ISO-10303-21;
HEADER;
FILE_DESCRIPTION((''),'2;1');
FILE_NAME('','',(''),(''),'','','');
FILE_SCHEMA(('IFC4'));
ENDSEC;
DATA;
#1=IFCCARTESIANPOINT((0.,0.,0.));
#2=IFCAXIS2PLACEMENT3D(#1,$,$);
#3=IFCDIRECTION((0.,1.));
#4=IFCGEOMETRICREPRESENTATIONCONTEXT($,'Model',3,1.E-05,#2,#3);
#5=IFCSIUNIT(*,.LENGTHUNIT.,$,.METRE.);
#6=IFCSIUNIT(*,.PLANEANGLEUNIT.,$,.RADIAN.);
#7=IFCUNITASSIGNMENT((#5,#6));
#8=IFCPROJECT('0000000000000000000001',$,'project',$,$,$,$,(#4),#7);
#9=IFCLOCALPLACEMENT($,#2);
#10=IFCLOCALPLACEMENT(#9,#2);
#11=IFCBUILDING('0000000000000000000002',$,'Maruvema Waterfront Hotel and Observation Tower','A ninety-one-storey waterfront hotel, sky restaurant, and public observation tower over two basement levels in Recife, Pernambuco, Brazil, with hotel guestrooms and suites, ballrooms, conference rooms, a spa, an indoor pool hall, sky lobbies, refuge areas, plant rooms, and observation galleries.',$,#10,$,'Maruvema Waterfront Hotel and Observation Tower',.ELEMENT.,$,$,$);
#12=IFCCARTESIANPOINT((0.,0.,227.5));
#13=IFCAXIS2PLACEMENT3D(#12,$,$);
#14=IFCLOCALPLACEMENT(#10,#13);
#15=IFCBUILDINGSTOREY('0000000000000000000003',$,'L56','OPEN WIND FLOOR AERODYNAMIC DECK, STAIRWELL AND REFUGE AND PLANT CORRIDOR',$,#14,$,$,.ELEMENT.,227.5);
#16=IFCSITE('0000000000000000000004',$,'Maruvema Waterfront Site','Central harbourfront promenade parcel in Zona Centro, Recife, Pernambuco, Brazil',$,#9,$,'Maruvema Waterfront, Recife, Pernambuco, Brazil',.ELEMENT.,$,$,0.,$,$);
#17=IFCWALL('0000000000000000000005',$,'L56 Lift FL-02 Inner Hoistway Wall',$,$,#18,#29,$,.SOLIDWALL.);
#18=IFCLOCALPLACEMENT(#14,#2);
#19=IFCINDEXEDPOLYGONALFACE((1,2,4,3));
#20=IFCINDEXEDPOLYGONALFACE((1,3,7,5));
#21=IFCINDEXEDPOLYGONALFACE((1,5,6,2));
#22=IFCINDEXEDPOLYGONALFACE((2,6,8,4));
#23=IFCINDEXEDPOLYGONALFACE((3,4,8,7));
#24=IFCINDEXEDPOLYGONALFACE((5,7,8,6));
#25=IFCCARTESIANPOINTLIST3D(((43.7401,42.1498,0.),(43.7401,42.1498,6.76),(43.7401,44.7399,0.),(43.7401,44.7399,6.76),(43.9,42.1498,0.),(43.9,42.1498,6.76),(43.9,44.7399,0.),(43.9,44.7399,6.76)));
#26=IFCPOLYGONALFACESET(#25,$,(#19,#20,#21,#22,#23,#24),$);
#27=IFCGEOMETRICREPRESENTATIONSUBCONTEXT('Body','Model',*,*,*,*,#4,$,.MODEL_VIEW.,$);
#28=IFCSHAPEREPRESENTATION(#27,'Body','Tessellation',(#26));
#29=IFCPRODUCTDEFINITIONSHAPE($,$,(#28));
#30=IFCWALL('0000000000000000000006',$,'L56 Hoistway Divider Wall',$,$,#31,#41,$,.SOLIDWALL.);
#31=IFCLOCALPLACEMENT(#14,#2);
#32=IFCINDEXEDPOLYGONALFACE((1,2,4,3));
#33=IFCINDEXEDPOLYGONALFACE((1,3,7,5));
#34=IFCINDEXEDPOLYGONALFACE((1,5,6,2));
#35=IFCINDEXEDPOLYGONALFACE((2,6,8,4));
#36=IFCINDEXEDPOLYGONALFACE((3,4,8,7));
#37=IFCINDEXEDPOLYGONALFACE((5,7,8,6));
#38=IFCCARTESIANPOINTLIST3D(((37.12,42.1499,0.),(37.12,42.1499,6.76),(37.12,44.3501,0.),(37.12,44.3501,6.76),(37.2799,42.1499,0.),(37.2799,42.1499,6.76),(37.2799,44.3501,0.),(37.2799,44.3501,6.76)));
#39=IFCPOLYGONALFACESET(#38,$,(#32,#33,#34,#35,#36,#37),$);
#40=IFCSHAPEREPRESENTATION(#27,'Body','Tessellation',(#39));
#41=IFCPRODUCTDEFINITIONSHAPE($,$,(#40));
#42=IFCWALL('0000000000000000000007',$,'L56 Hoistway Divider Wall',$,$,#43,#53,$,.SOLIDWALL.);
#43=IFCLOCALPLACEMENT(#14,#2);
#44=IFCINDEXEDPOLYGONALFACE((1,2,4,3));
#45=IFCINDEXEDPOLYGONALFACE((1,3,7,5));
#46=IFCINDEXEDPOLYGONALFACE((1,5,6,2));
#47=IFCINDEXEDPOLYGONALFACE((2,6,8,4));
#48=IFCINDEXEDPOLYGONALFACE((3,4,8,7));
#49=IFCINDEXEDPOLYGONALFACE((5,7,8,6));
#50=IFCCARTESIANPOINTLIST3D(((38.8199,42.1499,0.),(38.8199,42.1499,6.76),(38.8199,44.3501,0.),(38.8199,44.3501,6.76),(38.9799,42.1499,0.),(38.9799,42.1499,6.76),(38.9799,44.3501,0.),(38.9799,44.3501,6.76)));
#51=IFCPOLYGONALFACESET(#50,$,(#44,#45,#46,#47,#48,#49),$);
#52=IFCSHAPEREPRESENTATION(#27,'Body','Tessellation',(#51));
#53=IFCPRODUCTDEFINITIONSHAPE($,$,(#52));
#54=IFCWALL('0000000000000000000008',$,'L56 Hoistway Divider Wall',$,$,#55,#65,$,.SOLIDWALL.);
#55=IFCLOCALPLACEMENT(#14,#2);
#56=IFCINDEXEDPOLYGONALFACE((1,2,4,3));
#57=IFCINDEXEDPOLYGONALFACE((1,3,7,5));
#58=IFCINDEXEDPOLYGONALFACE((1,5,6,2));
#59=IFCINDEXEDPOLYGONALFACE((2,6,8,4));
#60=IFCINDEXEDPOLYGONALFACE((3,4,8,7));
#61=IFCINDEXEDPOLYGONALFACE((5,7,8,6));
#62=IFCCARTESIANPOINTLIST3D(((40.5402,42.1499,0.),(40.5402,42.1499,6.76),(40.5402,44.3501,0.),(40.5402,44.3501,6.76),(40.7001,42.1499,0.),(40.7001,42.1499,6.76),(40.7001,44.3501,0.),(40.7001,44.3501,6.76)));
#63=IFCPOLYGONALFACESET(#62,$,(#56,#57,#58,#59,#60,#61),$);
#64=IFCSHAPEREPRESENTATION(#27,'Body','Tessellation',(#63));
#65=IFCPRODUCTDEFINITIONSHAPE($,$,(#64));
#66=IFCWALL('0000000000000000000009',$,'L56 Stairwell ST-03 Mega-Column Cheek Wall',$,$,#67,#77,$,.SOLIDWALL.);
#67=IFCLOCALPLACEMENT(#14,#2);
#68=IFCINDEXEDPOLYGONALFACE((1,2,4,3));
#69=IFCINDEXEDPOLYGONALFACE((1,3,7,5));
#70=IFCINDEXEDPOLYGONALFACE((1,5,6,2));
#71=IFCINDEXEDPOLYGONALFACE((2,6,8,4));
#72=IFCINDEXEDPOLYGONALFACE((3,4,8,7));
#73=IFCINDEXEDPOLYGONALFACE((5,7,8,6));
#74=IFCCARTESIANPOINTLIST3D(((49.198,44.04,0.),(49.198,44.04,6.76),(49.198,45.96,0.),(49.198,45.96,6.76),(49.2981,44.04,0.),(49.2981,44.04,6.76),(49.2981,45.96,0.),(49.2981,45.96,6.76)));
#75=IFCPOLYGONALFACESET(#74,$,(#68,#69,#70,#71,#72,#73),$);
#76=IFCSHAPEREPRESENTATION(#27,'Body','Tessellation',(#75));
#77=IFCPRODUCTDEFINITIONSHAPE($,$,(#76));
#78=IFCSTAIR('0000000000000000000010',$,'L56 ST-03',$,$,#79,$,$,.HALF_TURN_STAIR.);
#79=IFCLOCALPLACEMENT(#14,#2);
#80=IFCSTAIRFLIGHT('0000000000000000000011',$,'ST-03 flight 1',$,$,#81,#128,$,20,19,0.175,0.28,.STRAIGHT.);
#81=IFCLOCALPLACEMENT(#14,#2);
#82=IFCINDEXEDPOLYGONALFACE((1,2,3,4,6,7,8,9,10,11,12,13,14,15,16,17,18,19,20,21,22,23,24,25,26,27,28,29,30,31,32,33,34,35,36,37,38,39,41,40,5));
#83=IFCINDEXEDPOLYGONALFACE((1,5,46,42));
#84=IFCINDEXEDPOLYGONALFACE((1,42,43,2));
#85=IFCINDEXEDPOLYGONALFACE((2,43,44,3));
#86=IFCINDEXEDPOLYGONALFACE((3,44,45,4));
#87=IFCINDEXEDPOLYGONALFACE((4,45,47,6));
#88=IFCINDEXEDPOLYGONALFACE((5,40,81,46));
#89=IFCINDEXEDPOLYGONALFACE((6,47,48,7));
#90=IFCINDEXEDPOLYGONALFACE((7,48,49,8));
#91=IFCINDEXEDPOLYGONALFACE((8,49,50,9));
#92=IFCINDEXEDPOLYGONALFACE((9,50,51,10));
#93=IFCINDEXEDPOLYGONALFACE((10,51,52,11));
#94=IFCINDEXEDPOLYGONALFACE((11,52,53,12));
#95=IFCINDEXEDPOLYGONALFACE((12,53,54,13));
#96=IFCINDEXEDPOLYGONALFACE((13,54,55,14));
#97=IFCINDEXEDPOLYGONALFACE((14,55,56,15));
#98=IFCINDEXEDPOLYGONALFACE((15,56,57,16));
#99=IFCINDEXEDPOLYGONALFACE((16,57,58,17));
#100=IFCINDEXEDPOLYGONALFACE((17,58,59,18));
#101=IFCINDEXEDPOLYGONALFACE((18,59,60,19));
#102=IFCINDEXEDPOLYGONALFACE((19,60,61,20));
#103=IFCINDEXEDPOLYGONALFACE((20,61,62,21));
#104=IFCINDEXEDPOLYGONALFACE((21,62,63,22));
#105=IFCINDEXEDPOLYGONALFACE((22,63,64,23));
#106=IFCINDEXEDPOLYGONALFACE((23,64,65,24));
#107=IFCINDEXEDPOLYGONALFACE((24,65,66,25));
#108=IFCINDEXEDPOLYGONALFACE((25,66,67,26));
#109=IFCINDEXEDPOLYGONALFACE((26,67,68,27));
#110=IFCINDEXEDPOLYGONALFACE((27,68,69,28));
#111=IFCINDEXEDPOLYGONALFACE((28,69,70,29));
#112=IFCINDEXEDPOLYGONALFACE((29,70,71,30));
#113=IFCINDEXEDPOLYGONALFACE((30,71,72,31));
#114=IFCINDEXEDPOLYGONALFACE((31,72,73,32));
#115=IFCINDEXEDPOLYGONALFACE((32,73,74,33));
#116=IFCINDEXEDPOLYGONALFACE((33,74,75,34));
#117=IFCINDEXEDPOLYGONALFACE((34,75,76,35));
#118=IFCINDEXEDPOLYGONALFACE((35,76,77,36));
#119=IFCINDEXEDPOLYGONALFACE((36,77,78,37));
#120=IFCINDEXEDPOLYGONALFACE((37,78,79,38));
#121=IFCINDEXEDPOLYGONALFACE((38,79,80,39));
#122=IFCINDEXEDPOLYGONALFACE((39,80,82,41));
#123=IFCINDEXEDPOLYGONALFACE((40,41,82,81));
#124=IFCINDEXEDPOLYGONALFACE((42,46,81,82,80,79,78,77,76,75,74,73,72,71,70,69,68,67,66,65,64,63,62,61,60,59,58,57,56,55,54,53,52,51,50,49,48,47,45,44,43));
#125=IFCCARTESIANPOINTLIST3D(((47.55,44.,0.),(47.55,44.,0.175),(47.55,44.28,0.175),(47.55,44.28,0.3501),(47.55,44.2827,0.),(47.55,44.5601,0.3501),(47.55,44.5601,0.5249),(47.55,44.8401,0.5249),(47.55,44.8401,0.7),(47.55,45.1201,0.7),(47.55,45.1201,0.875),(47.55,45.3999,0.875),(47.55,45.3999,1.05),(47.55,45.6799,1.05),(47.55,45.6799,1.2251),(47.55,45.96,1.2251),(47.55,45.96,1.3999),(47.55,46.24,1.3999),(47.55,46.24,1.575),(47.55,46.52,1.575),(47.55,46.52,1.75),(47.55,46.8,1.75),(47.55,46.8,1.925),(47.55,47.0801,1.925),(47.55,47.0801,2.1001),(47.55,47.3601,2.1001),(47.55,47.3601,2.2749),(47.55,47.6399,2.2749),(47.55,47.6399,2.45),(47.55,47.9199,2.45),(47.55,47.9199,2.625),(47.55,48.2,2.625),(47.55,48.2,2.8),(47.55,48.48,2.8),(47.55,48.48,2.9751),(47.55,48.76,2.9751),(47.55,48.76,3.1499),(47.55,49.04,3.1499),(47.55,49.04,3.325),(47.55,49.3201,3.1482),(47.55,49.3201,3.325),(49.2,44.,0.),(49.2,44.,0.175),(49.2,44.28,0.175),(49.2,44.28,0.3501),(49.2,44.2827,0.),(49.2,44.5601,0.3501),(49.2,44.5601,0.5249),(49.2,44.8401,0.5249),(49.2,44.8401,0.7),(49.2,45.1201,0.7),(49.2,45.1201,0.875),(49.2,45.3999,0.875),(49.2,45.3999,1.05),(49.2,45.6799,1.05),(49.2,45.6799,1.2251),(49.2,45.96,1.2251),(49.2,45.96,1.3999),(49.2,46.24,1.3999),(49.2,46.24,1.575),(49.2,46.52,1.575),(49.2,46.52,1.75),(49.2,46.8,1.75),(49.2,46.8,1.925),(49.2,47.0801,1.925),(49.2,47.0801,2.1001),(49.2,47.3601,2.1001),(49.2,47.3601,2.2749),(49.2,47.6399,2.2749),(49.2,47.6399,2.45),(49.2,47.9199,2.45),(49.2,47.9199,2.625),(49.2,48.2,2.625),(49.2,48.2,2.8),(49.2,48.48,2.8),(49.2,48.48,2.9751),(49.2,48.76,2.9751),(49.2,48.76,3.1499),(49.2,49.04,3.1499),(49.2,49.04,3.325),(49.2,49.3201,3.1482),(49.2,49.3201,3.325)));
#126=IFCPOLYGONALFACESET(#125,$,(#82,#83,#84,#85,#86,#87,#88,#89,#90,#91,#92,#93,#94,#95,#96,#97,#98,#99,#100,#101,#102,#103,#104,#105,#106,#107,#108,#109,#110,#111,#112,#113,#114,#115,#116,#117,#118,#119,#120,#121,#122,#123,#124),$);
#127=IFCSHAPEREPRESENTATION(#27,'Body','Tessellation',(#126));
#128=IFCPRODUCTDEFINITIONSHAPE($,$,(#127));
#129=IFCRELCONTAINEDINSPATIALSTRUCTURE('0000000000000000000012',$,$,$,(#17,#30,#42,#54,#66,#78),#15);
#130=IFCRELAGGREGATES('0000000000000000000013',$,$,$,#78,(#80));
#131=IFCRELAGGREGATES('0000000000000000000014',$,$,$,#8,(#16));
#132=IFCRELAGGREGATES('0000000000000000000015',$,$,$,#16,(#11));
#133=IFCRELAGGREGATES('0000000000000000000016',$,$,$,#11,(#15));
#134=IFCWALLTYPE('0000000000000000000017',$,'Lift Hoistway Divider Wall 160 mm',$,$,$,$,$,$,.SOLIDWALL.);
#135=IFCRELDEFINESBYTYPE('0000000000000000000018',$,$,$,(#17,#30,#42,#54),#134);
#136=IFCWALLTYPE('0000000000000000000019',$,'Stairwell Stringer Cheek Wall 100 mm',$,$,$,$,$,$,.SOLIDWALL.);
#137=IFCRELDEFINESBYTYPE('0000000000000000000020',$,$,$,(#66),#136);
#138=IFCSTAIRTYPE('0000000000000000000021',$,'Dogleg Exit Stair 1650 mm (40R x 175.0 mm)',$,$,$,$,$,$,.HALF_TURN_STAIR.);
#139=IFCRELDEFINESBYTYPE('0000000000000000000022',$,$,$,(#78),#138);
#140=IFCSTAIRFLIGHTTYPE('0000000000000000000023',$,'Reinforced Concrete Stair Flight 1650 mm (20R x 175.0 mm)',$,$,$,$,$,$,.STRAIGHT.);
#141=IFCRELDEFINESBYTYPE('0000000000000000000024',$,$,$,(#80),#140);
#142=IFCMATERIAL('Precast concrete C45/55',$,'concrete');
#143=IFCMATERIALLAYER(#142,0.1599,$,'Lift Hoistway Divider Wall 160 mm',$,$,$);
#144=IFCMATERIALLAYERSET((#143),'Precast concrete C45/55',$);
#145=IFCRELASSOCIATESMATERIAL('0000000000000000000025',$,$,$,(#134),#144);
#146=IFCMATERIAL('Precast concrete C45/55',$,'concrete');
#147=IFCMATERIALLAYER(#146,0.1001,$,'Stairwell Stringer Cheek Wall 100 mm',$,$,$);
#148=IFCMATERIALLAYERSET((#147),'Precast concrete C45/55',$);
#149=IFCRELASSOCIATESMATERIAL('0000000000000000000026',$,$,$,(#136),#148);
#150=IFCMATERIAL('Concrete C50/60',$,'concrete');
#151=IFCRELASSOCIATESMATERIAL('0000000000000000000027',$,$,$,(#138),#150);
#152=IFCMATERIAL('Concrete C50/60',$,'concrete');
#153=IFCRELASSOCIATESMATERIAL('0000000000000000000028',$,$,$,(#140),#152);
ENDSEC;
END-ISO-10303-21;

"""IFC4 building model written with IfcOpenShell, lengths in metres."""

from ifc_helpers import new_model, si_unit, direction, frame, frame_2d, origin, place, context, subcontext, project, spatial, polyline, rectangle, outline, extrude, material, layer, layer_set, type_object, element, aggregate, save


model = new_model("IFC4")

# Units and contexts
model_context = context("Model", 3, precision=1e-05, world=origin(), true_north=direction((0.0, 1.0)))
body_context = subcontext(model_context, "Body", "Model", "MODEL_VIEW")
ifc_project = project(units=[si_unit("LENGTHUNIT", "METRE"), si_unit("PLANEANGLEUNIT", "RADIAN")], contexts=[model_context])

# Site, building, storey
site_placement = place(None, origin())
site = spatial("IfcSite", under=ifc_project, at=site_placement, Name="Maruvema Waterfront Site", Description="Central harbourfront promenade parcel in Zona Centro, Recife, Pernambuco, Brazil", LongName="Maruvema Waterfront, Recife, Pernambuco, Brazil", CompositionType="ELEMENT", RefElevation=0.0)
building_placement = place(site_placement, origin())
building = spatial("IfcBuilding", under=site, at=building_placement, Name="Maruvema Waterfront Hotel and Observation Tower", Description="A ninety-one-storey waterfront hotel, sky restaurant, and public observation tower over two basement levels in Recife, Pernambuco, Brazil, with hotel guestrooms and suites, ballrooms, conference rooms, a spa, an indoor pool hall, sky lobbies, refuge areas, plant rooms, and observation galleries.", LongName="Maruvema Waterfront Hotel and Observation Tower", CompositionType="ELEMENT")
storey_placement = place(building_placement, frame((0.0, 0.0, 227.5)))
storey = spatial("IfcBuildingStorey", under=building, at=storey_placement, Name="L56", Description="OPEN WIND FLOOR AERODYNAMIC DECK, STAIRWELL AND REFUGE AND PLANT CORRIDOR", CompositionType="ELEMENT", Elevation=227.5)

# Walls
ifc_material_1 = material(Name="Precast concrete C45/55", Category="concrete")
ifc_layer_1 = layer(ifc_material_1, 0.1599, Name="Lift Hoistway Divider Wall 160 mm")
ifc_layer_set_1 = layer_set([ifc_layer_1], Name="Precast concrete C45/55")
wall_type_1 = type_object("IfcWallType", Name="Lift Hoistway Divider Wall 160 mm", PredefinedType="SOLIDWALL", material=ifc_layer_set_1)
wall_1_placement = place(storey_placement, frame((43.8201, 42.1499, 0.0), z_axis=(0.0, 0.0, 1.0), x_axis=(0.0, 1.0, 0.0)))
element("IfcWall", 1, at=wall_1_placement, inside=storey, type_object=wall_type_1, Name="L56 Lift FL-02 Inner Hoistway Wall", PredefinedType="SOLIDWALL", context=body_context, shape_type="SweptSolid", body=[
    extrude(rectangle(XDim=2.5901, YDim=0.1599, at=frame_2d((1.2949, 0.0))), origin(), (0.0, 0.0, 1.0), 6.76),
])
for number, where, z_axis, x_axis, name in (
    (2, (37.2, 42.1499, 0.0), (0.0, 0.0, 1.0), (0.0, 1.0, 0.0), "L56 Hoistway Divider Wall"),
    (3, (38.8999, 42.1499, 0.0), (0.0, 0.0, 1.0), (0.0, 1.0, 0.0), "L56 Hoistway Divider Wall"),
    (4, (40.6201, 42.1499, 0.0), (0.0, 0.0, 1.0), (0.0, 1.0, 0.0), "L56 Hoistway Divider Wall"),
):
    element("IfcWall", number, at=place(storey_placement, frame(where, z_axis=z_axis, x_axis=x_axis)), inside=storey, type_object=wall_type_1, Name=name, PredefinedType="SOLIDWALL", context=body_context, shape_type="SweptSolid", body=[
        extrude(rectangle(XDim=2.2002, YDim=0.1599, at=frame_2d((1.1001, 0.0))), origin(), (0.0, 0.0, 1.0), 6.76),
    ])
ifc_material_2 = material(Name="Precast concrete C45/55", Category="concrete")
ifc_layer_2 = layer(ifc_material_2, 0.1001, Name="Stairwell Stringer Cheek Wall 100 mm")
ifc_layer_set_2 = layer_set([ifc_layer_2], Name="Precast concrete C45/55")
wall_type_2 = type_object("IfcWallType", Name="Stairwell Stringer Cheek Wall 100 mm", PredefinedType="SOLIDWALL", material=ifc_layer_set_2)
wall_2_placement = place(storey_placement, frame((49.248, 44.04, 0.0), z_axis=(0.0, 0.0, 1.0), x_axis=(0.0, 1.0, 0.0)))
element("IfcWall", 5, at=wall_2_placement, inside=storey, type_object=wall_type_2, Name="L56 Stairwell ST-03 Mega-Column Cheek Wall", PredefinedType="SOLIDWALL", context=body_context, shape_type="SweptSolid", body=[
    extrude(rectangle(XDim=1.9199, YDim=0.1001, at=frame_2d((0.96, 0.0))), origin(), (0.0, 0.0, 1.0), 6.76),
])

# Stair, stair flight
ifc_material_3 = material(Name="Concrete C50/60", Category="concrete")
stair_type = type_object("IfcStairType", Name="Dogleg Exit Stair 1650 mm (40R x 175.0 mm)", PredefinedType="HALF_TURN_STAIR", material=ifc_material_3)
stair_placement = place(storey_placement, origin())
stair = element("IfcStair", 6, at=stair_placement, inside=storey, type_object=stair_type, Name="L56 ST-03", PredefinedType="HALF_TURN_STAIR")
ifc_material_4 = material(Name="Concrete C50/60", Category="concrete")
stair_flight_type = type_object("IfcStairFlightType", Name="Reinforced Concrete Stair Flight 1650 mm (20R x 175.0 mm)", PredefinedType="STRAIGHT", material=ifc_material_4)
stair_flight_placement = place(storey_placement, frame((48.375, 44.0, 0.0), z_axis=(0.0, 0.0, 1.0), x_axis=(0.0, 1.0, 0.0)))
stair_flight = element("IfcStairFlight", 7, at=stair_flight_placement, type_object=stair_flight_type, Name="ST-03 flight 1", NumberOfRisers=20, NumberOfTreads=19, PredefinedType="STRAIGHT", RiserHeight=0.175, TreadLength=0.28, context=body_context, shape_type="SweptSolid", body=[
    extrude(outline(polyline([(0.0, 0.0), (0.0, 0.175), (0.28, 0.175), (0.28, 0.3501), (0.5601, 0.3501), (0.5601, 0.5249), (0.8401, 0.5249), (0.8401, 0.7), (1.1201, 0.7), (1.1201, 0.875), (1.3999, 0.875), (1.3999, 1.05), (1.6799, 1.05), (1.6799, 1.2251), (1.96, 1.2251), (1.96, 1.3999), (2.24, 1.3999), (2.24, 1.575), (2.52, 1.575), (2.52, 1.75), (2.8, 1.75), (2.8, 1.925), (3.0801, 1.925), (3.0801, 2.1001), (3.3601, 2.1001), (3.3601, 2.2749), (3.6399, 2.2749), (3.6399, 2.45), (3.9199, 2.45), (3.9199, 2.625), (4.2, 2.625), (4.2, 2.8), (4.48, 2.8), (4.48, 2.9751), (4.76, 2.9751), (4.76, 3.1499), (5.04, 3.1499), (5.04, 3.325), (5.3201, 3.325), (5.3201, 3.5), (5.3201, 3.1482), (0.2827, 0.0), (0.0, 0.0)])), frame((0.0, 0.825, 0.0), z_axis=(0.0, -1.0, 0.0), x_axis=(1.0, 0.0, 0.0)), (0.0, 0.0, 1.0), 1.6499),
])
aggregate(stair, [stair_flight])

save(model, "model.ifc")
